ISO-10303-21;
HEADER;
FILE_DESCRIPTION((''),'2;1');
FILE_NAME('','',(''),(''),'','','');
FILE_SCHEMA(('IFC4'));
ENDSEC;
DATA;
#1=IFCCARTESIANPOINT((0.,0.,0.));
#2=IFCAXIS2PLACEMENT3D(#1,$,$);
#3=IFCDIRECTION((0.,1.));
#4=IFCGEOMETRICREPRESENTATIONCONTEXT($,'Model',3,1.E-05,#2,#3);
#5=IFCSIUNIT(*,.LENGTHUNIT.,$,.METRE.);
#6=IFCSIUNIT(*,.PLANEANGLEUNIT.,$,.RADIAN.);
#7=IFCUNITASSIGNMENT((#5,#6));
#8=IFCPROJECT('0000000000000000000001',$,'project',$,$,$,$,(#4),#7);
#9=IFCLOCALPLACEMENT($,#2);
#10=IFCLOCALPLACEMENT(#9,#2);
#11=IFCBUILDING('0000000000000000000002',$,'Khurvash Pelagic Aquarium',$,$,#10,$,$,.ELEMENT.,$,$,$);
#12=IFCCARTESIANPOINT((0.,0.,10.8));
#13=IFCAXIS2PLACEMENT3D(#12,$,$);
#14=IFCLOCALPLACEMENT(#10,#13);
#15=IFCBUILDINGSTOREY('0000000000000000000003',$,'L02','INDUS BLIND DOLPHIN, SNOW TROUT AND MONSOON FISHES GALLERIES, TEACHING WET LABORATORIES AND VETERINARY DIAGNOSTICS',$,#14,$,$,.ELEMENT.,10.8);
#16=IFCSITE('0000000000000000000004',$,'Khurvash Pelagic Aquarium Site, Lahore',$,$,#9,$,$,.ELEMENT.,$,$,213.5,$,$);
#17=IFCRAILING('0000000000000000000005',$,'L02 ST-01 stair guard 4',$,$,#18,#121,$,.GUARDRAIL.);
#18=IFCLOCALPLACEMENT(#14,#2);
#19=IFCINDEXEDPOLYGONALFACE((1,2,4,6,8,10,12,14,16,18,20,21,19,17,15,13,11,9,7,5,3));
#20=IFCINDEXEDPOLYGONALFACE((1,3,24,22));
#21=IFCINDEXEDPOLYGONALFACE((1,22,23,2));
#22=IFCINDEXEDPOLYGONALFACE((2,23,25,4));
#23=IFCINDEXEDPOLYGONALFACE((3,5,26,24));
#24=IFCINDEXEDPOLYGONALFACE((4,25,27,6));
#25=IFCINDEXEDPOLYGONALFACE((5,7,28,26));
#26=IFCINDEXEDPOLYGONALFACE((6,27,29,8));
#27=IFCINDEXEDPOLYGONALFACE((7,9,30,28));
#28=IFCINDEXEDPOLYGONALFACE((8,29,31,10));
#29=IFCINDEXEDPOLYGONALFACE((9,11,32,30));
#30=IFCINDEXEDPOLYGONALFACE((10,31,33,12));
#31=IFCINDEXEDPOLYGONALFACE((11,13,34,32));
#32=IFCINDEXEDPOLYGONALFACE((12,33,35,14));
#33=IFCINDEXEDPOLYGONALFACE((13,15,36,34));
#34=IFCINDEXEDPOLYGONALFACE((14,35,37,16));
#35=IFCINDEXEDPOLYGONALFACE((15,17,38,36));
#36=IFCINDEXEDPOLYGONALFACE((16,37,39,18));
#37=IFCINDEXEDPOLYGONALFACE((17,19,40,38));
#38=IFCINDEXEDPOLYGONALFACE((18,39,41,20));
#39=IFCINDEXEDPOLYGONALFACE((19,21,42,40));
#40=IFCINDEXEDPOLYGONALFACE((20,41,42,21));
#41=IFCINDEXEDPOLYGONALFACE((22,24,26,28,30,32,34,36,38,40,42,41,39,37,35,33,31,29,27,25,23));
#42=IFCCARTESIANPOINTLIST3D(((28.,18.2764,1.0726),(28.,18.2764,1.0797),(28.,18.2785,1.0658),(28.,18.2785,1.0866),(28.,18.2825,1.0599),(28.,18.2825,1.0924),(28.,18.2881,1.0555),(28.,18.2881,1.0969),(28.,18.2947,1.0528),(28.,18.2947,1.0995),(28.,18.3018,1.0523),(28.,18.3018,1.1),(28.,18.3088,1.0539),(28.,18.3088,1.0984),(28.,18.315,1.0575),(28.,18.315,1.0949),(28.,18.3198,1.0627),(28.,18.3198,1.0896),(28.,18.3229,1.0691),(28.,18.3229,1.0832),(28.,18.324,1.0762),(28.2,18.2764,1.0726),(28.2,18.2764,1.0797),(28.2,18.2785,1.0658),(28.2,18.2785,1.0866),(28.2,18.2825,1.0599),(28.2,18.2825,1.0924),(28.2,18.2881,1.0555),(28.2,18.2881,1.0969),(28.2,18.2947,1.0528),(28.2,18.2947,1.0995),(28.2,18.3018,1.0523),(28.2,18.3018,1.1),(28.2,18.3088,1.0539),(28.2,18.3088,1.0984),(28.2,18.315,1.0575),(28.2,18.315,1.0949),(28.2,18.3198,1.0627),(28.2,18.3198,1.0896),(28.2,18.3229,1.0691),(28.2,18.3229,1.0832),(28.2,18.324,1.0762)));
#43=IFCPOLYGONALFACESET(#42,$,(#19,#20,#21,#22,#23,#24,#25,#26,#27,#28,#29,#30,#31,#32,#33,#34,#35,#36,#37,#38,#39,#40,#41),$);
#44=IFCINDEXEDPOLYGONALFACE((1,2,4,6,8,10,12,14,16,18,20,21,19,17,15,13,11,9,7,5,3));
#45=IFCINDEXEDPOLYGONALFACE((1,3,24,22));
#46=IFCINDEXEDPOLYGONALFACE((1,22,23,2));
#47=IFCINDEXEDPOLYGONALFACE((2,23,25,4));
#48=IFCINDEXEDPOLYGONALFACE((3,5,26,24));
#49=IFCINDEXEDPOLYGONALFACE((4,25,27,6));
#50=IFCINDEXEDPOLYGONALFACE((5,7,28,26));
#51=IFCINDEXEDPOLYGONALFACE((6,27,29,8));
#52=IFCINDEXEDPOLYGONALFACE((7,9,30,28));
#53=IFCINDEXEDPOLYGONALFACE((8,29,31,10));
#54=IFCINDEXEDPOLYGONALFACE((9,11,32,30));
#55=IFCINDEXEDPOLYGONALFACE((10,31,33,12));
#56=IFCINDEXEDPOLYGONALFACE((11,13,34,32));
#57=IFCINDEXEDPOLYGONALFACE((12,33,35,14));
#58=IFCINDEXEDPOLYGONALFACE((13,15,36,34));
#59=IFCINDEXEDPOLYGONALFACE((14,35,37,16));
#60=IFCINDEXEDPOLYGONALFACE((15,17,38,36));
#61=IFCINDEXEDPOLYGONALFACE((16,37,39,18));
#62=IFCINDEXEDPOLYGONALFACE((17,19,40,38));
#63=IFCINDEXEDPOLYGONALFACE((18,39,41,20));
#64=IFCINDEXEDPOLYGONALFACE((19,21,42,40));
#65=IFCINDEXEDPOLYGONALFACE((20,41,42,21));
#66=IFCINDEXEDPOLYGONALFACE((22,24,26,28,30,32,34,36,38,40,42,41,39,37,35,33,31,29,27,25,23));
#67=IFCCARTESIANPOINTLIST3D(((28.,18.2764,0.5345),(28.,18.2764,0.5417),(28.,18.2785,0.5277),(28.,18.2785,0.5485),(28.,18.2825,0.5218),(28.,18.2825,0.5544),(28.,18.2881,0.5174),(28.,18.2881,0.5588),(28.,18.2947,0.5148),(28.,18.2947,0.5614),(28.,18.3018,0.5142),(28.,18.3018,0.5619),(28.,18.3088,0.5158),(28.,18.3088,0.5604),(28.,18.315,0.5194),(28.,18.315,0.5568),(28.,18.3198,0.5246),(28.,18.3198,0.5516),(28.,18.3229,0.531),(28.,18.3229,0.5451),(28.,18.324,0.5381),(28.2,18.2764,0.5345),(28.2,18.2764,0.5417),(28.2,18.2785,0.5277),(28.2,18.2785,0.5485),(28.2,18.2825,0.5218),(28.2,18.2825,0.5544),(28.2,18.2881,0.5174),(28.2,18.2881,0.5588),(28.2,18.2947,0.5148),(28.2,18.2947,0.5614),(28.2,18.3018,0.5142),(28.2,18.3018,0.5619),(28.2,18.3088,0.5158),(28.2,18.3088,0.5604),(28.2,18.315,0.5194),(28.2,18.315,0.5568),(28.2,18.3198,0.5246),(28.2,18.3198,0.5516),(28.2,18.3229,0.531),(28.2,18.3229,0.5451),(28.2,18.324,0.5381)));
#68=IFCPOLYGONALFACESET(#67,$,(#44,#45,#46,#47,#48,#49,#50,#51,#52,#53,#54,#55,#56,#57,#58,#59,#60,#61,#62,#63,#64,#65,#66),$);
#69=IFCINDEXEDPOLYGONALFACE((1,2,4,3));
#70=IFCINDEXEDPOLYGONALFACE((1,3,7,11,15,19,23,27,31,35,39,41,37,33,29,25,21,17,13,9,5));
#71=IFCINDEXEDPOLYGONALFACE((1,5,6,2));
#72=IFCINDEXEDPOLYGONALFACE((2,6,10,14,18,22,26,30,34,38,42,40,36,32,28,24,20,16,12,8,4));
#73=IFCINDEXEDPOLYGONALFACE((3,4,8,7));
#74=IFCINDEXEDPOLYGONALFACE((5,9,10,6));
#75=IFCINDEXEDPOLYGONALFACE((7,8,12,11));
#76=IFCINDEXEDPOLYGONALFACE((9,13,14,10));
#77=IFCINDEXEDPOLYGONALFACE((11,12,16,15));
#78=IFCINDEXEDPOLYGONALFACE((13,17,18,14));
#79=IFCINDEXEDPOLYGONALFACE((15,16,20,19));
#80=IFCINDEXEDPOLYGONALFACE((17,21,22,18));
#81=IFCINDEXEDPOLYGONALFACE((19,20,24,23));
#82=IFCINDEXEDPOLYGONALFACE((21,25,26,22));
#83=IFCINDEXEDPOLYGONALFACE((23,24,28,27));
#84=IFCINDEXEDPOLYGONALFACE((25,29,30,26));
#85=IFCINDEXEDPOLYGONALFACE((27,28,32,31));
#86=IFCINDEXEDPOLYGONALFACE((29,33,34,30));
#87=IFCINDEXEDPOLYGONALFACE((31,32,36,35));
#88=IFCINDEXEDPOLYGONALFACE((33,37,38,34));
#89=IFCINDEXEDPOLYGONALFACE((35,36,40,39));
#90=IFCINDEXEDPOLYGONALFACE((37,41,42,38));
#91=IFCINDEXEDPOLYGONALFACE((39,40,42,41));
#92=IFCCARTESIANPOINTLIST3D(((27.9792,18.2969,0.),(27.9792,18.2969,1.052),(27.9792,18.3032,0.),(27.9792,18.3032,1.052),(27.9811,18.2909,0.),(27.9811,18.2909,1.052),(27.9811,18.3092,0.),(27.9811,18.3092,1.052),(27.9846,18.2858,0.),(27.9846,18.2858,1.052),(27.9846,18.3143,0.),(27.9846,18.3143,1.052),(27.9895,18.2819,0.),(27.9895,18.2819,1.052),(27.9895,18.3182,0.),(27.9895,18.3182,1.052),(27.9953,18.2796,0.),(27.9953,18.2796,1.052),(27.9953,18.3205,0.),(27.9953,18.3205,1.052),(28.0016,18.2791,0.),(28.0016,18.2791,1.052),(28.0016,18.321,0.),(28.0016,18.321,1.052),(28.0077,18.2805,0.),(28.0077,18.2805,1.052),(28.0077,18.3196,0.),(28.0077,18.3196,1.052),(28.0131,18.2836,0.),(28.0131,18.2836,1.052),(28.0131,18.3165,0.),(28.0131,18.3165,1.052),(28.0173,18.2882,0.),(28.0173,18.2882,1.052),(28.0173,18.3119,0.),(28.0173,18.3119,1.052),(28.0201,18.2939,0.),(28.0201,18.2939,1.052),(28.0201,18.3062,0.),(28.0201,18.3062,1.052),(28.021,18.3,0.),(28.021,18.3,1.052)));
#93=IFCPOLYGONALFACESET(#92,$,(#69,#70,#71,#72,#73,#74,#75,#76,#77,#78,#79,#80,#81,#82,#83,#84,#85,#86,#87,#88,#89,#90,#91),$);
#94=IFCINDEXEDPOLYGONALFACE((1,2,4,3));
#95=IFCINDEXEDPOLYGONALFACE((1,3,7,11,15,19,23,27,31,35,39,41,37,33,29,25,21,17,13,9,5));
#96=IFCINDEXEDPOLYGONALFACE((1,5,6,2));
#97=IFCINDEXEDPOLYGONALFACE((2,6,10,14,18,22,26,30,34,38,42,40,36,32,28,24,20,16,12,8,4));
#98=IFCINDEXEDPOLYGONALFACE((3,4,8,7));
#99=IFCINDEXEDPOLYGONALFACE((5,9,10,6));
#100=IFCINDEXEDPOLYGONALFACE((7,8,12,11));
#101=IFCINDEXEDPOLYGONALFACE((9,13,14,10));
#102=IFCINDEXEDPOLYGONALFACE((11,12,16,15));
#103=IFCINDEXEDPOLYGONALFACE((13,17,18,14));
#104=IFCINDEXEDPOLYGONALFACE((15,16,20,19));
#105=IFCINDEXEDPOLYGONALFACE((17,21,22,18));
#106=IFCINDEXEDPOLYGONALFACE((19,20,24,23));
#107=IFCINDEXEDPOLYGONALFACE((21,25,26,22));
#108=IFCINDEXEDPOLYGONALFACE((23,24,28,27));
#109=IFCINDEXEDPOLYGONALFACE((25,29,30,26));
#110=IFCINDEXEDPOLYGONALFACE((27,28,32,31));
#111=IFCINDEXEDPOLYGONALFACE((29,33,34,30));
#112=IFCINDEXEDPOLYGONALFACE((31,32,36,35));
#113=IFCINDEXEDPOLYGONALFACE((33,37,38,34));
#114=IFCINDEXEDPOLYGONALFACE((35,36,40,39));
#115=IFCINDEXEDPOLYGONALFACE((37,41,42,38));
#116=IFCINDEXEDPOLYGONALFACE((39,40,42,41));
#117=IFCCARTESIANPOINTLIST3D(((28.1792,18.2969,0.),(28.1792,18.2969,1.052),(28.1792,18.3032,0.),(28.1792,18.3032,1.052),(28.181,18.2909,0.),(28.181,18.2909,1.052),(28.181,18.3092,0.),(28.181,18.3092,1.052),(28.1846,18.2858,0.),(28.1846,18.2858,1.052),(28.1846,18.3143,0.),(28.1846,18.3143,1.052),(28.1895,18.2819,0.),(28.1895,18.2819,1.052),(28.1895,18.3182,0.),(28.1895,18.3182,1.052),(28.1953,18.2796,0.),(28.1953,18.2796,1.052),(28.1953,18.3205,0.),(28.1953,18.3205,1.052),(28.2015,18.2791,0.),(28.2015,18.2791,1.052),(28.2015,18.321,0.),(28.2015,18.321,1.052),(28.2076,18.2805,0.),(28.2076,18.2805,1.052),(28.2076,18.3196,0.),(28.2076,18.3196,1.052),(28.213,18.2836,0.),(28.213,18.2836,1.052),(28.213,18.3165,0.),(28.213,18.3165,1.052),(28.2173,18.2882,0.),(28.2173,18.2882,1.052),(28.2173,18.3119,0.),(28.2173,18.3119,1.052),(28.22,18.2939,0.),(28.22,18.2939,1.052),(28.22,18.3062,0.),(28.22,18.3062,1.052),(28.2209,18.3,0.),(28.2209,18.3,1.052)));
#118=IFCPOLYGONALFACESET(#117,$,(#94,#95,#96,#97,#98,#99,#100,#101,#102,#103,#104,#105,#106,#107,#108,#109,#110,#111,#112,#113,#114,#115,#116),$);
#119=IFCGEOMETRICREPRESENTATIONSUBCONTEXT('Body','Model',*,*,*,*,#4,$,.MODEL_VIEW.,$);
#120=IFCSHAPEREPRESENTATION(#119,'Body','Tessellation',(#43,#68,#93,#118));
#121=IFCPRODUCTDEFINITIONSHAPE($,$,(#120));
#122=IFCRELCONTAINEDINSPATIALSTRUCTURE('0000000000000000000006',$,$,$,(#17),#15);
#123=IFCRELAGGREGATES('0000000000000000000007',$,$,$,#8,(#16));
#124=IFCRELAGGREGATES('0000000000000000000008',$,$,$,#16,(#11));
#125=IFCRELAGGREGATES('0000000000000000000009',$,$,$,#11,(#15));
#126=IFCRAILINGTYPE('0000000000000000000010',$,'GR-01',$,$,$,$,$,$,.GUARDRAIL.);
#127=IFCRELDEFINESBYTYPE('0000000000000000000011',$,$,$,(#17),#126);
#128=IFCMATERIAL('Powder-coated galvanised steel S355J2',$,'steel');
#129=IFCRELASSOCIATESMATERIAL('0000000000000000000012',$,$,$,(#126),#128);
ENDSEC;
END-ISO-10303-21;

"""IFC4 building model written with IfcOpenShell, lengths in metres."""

from ifc_helpers import new_model, si_unit, direction, frame, origin, origin_2d, place, context, subcontext, project, spatial, circle, extrude, material, type_object, element, save


model = new_model("IFC4")

# Units and contexts
model_context = context("Model", 3, precision=1e-05, world=origin(), true_north=direction((0.0, 1.0)))
body_context = subcontext(model_context, "Body", "Model", "MODEL_VIEW")
ifc_project = project(units=[si_unit("LENGTHUNIT", "METRE"), si_unit("PLANEANGLEUNIT", "RADIAN")], contexts=[model_context])

# Site, building, storey
site_placement = place(None, origin())
site = spatial("IfcSite", under=ifc_project, at=site_placement, Name="Khurvash Pelagic Aquarium Site, Lahore", CompositionType="ELEMENT", RefElevation=213.5)
building_placement = place(site_placement, origin())
building = spatial("IfcBuilding", under=site, at=building_placement, Name="Khurvash Pelagic Aquarium", CompositionType="ELEMENT")
storey_placement = place(building_placement, frame((0.0, 0.0, 10.8)))
storey = spatial("IfcBuildingStorey", under=building, at=storey_placement, Name="L02", Description="INDUS BLIND DOLPHIN, SNOW TROUT AND MONSOON FISHES GALLERIES, TEACHING WET LABORATORIES AND VETERINARY DIAGNOSTICS", CompositionType="ELEMENT", Elevation=10.8)

# Railing
ifc_material_1 = material(Name="Powder-coated galvanised steel S355J2", Category="steel")
railing_type_1 = type_object("IfcRailingType", Name="GR-01", PredefinedType="GUARDRAIL", material=ifc_material_1)
railing_1_placement = place(storey_placement, frame((28.0, 18.3, 0.0)))
element("IfcRailing", 1, at=railing_1_placement, inside=storey, type_object=railing_type_1, Name="L02 ST-01 stair guard 4", PredefinedType="GUARDRAIL", context=body_context, shape_type="SweptSolid", body=[
    extrude(circle(Radius=0.0239, at=origin_2d()), frame((0.0, 0.0, 1.0762), z_axis=(1.0, 0.0, 0.0), x_axis=(0.0, 1.0, 0.0)), (0.0, 0.0, 1.0), 0.2),
    extrude(circle(Radius=0.0239, at=origin_2d()), frame((0.0, 0.0, 0.5381), z_axis=(1.0, 0.0, 0.0), x_axis=(0.0, 1.0, 0.0)), (0.0, 0.0, 1.0), 0.2),
    extrude(circle(Radius=0.021, at=origin_2d()), origin(), (0.0, 0.0, 1.0), 1.052),
    extrude(circle(Radius=0.021, at=origin_2d()), frame((0.2, 0.0, 0.0)), (0.0, 0.0, 1.0), 1.052),
])

save(model, "model.ifc")
